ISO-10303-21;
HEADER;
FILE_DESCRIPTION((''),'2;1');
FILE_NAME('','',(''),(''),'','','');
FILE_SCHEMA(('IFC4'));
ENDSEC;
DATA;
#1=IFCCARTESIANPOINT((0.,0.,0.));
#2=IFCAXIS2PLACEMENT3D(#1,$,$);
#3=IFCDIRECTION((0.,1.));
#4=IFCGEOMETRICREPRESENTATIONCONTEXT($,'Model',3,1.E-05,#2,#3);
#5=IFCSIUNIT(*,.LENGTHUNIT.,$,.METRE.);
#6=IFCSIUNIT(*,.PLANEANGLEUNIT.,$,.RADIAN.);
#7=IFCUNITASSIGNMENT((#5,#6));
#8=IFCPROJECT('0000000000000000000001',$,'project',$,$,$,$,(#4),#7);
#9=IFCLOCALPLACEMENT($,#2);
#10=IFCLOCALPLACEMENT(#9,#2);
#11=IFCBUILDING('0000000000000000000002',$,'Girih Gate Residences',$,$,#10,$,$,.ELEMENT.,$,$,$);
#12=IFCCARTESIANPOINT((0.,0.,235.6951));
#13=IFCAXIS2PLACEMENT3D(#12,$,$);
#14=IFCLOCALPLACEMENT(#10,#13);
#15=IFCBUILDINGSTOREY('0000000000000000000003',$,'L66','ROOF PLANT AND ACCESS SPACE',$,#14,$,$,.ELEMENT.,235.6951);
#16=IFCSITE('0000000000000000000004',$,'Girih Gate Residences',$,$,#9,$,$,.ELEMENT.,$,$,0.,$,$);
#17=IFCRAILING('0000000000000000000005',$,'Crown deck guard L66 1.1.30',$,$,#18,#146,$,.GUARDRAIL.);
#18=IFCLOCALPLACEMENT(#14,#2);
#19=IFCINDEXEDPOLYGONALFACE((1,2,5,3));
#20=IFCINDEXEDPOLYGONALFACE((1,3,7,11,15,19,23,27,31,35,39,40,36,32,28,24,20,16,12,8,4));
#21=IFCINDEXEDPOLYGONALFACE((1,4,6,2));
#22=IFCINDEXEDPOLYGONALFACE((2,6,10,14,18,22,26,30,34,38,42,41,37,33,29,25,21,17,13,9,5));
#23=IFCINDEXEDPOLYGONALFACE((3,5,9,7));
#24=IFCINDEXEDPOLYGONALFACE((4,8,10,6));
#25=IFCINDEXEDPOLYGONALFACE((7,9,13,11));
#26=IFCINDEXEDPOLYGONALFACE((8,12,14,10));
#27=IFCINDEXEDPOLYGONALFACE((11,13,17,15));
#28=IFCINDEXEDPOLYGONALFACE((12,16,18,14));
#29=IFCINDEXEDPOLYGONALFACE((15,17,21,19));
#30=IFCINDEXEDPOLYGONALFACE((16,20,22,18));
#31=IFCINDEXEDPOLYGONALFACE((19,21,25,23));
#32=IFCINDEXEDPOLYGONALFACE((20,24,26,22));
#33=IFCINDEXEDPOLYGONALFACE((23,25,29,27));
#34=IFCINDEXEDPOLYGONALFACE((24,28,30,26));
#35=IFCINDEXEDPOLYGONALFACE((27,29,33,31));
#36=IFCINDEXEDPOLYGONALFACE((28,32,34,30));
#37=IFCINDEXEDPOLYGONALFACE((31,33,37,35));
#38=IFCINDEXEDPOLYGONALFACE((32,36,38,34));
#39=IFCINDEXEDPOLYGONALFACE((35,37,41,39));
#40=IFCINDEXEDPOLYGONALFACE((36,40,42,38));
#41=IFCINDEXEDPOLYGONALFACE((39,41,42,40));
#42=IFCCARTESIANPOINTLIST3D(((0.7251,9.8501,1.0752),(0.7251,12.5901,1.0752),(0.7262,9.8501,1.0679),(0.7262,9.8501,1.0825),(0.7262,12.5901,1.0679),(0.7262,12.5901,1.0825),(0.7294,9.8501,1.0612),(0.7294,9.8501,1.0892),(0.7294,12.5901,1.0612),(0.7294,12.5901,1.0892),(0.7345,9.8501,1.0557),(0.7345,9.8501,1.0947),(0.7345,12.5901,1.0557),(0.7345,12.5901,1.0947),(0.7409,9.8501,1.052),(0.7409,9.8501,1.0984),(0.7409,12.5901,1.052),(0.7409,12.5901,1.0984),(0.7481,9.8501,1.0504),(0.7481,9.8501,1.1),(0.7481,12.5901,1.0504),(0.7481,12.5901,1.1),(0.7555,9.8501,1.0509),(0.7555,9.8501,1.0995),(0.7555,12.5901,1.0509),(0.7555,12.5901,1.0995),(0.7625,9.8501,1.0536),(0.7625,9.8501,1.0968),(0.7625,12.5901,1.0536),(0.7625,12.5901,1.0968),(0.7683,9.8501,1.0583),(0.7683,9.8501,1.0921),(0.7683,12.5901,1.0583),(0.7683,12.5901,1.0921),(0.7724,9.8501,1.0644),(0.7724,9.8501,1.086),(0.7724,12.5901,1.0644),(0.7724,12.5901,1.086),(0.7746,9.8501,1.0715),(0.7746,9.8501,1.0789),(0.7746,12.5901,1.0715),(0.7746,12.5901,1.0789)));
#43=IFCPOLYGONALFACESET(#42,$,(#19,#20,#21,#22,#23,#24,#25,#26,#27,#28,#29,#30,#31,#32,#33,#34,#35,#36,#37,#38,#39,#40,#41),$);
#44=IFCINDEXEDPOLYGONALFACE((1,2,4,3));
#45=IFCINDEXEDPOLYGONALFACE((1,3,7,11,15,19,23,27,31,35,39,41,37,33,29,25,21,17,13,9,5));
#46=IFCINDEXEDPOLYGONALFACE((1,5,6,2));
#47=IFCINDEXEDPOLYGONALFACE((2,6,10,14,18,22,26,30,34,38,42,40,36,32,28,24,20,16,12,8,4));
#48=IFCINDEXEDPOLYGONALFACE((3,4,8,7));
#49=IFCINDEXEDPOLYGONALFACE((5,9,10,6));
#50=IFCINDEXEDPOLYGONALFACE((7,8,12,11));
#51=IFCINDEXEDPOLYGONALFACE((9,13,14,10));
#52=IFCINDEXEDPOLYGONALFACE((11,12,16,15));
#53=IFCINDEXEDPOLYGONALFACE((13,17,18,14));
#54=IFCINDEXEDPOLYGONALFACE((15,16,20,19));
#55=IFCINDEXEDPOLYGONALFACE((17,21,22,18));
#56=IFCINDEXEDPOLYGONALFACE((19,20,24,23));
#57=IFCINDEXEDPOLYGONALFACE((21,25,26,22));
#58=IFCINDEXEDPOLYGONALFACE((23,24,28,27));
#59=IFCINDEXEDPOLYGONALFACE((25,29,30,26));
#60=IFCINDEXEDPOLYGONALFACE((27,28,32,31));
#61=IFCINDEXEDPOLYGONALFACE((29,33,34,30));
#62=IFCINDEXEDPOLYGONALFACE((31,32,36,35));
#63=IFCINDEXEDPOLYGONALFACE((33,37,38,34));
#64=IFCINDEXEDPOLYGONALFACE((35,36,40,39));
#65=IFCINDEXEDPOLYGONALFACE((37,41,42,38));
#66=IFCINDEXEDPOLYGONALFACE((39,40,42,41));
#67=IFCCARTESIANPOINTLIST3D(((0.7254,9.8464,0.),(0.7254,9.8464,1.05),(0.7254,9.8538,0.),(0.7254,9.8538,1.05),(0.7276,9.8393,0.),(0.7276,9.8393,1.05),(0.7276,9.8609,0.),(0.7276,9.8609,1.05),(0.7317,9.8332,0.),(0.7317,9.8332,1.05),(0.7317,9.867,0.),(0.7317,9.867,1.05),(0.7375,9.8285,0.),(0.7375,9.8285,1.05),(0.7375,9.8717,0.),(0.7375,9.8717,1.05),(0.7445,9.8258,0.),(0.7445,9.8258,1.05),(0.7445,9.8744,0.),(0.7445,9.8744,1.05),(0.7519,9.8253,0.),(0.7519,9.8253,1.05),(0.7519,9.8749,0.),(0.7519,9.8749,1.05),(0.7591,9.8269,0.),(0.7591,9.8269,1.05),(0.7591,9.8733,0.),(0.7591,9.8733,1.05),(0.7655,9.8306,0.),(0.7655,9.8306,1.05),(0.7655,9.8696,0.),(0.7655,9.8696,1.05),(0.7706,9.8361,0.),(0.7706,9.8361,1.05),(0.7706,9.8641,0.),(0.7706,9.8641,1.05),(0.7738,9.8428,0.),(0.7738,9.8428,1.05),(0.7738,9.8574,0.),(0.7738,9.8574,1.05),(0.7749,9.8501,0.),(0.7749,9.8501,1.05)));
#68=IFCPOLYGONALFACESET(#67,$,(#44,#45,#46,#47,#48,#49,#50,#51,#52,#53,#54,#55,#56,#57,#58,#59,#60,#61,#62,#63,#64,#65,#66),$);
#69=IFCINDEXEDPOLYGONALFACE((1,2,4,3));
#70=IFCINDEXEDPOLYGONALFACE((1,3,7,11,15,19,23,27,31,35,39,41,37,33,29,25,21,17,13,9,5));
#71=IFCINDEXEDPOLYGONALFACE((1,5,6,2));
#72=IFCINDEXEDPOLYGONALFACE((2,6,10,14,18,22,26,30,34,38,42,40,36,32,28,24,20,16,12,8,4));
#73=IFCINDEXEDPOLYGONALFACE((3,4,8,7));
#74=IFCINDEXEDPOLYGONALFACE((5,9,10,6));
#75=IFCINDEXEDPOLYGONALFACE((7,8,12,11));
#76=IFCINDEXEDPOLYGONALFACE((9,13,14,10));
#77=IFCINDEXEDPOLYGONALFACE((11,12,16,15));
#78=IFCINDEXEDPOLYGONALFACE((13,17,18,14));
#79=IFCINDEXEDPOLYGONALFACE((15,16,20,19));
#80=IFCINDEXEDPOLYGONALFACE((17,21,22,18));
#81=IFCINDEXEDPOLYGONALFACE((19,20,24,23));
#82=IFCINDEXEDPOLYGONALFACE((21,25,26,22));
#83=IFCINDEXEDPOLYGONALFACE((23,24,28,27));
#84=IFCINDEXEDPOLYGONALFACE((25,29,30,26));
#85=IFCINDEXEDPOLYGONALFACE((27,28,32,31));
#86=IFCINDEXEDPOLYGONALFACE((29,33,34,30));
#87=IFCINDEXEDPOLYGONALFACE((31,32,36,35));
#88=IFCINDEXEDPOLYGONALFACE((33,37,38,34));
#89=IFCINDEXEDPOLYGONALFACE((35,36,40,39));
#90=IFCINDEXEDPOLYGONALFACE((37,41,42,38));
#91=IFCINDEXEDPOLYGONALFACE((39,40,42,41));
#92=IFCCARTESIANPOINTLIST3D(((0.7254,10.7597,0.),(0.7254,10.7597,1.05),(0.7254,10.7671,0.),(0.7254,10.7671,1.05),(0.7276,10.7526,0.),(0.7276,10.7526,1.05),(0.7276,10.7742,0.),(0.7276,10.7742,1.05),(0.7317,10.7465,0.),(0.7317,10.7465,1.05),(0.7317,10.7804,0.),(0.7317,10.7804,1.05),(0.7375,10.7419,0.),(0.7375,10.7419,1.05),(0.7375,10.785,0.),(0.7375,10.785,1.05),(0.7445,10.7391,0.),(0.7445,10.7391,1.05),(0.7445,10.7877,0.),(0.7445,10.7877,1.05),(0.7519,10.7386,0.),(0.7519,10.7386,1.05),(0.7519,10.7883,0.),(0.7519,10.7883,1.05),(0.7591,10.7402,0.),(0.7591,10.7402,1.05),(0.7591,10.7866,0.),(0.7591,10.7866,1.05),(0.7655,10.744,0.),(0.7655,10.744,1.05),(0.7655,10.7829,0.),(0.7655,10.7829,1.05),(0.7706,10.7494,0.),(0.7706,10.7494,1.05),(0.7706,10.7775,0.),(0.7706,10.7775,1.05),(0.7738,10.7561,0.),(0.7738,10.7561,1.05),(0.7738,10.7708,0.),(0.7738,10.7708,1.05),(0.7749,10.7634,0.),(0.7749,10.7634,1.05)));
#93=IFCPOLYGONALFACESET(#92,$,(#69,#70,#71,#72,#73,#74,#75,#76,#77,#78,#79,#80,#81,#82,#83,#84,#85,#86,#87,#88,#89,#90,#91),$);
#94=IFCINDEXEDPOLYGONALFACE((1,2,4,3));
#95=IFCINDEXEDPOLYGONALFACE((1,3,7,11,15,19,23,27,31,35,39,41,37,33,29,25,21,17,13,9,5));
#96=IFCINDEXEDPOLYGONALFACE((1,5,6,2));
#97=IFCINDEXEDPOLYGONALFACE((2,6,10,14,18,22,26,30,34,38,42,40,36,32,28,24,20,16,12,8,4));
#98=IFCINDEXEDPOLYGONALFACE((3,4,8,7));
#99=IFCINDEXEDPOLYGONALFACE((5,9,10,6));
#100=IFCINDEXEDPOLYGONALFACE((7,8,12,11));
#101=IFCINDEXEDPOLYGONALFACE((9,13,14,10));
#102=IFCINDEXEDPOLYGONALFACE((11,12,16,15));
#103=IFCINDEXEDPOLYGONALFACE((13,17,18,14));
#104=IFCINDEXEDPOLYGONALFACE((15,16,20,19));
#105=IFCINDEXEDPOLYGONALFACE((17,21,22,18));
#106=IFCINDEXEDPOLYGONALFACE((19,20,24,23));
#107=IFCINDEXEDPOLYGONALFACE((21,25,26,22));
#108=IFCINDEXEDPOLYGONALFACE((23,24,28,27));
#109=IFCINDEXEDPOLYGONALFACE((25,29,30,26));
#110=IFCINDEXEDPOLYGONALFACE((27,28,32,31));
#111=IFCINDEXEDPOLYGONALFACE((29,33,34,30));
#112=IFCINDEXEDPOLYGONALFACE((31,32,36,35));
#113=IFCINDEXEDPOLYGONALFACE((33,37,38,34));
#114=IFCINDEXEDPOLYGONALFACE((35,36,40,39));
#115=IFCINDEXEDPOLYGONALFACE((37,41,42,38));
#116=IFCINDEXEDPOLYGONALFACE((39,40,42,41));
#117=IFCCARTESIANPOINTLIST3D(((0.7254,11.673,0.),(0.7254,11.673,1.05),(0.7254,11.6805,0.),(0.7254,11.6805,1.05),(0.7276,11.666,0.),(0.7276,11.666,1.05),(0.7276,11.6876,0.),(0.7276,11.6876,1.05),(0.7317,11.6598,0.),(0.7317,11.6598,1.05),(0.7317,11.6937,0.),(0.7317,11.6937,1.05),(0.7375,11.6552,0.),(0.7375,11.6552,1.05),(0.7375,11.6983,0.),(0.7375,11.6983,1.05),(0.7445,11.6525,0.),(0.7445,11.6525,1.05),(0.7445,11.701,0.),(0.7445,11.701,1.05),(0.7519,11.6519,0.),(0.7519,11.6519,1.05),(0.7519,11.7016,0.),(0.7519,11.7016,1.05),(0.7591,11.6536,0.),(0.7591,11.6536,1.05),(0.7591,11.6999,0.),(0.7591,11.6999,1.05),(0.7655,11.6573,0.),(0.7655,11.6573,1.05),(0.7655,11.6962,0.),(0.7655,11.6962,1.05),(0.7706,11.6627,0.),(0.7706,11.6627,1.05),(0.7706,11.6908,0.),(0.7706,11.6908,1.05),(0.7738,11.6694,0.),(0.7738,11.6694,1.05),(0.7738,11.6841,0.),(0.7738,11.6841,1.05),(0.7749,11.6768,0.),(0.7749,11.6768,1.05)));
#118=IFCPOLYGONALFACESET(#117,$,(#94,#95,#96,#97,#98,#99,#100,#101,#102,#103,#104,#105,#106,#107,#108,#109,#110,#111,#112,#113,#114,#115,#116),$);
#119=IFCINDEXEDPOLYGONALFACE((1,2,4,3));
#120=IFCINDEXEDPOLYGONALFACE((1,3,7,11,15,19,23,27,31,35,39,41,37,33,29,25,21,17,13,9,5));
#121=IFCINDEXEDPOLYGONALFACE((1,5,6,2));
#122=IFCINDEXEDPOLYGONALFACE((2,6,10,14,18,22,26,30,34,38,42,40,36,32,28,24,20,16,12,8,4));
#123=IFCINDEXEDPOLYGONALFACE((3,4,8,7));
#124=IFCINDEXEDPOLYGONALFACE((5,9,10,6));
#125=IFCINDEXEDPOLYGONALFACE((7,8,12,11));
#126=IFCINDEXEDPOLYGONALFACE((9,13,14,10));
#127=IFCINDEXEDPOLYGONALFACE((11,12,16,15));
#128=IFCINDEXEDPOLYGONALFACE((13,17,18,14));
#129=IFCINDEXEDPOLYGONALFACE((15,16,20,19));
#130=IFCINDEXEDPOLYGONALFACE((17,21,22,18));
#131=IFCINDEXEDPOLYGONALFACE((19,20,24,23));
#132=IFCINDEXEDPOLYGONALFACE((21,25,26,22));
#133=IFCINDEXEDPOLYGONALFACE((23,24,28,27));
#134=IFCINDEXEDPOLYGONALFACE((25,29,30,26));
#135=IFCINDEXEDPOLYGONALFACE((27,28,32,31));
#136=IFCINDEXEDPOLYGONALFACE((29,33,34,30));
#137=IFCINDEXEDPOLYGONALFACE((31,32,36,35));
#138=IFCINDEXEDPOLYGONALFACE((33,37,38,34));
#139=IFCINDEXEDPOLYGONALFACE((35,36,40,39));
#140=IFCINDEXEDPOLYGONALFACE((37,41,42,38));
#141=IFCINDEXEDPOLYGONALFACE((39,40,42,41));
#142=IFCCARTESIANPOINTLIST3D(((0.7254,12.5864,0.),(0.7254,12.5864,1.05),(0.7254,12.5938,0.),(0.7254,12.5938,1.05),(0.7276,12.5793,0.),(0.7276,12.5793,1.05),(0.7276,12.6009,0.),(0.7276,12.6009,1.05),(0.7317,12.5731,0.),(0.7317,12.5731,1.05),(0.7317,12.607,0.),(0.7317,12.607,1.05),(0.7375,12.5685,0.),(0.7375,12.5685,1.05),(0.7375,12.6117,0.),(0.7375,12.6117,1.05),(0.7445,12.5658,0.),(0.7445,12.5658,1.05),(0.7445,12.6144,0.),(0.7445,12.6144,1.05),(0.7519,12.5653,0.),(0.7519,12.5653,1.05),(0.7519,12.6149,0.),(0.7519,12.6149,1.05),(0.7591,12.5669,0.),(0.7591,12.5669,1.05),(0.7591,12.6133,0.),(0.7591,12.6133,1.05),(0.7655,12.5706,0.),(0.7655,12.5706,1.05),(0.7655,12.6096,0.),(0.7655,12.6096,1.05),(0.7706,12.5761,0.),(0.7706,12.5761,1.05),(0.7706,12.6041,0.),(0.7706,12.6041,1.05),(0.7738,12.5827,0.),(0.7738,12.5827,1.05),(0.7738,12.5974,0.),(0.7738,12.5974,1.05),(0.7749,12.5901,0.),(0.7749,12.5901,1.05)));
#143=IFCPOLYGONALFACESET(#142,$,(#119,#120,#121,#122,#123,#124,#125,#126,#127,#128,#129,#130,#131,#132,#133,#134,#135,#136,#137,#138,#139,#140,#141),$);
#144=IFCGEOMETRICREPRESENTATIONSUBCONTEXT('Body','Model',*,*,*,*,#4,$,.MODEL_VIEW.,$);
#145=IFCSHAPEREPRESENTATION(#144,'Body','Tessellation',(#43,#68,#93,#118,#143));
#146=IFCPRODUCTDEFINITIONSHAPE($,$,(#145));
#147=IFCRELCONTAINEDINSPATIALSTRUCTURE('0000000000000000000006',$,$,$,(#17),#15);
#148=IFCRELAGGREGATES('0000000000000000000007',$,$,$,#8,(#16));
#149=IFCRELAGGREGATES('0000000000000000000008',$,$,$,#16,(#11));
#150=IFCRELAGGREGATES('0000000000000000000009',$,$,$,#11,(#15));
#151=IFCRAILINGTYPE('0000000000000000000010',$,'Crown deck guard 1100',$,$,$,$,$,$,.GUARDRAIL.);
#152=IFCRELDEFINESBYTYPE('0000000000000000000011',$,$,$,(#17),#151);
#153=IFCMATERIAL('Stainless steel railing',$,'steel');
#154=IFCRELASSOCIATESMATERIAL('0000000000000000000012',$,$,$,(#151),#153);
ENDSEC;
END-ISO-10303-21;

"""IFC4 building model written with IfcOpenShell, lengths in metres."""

from ifc_helpers import new_model, si_unit, direction, frame, origin, origin_2d, place, context, subcontext, project, spatial, circle, extrude, material, type_object, element, save


model = new_model("IFC4")

# Units and contexts
model_context = context("Model", 3, precision=1e-05, world=origin(), true_north=direction((0.0, 1.0)))
body_context = subcontext(model_context, "Body", "Model", "MODEL_VIEW")
ifc_project = project(units=[si_unit("LENGTHUNIT", "METRE"), si_unit("PLANEANGLEUNIT", "RADIAN")], contexts=[model_context])

# Site, building, storey
site_placement = place(None, origin())
site = spatial("IfcSite", under=ifc_project, at=site_placement, Name="Girih Gate Residences", CompositionType="ELEMENT", RefElevation=0.0)
building_placement = place(site_placement, origin())
building = spatial("IfcBuilding", under=site, at=building_placement, Name="Girih Gate Residences", CompositionType="ELEMENT")
storey_placement = place(building_placement, frame((0.0, 0.0, 235.6951)))
storey = spatial("IfcBuildingStorey", under=building, at=storey_placement, Name="L66", Description="ROOF PLANT AND ACCESS SPACE", CompositionType="ELEMENT", Elevation=235.6951)

# Railing
ifc_material_1 = material(Name="Stainless steel railing", Category="steel")
railing_type = type_object("IfcRailingType", Name="Crown deck guard 1100", PredefinedType="GUARDRAIL", material=ifc_material_1)
railing_1_placement = place(storey_placement, frame((0.75, 9.8501, 0.0)))
element("IfcRailing", 1, at=railing_1_placement, inside=storey, type_object=railing_type, Name="Crown deck guard L66 1.1.30", PredefinedType="GUARDRAIL", context=body_context, shape_type="SweptSolid", body=[
    extrude(circle(Radius=0.0249, at=origin_2d()), frame((0.0, 0.0, 1.0752), z_axis=(0.0, 1.0, 0.0), x_axis=(-1.0, 0.0, 0.0)), (0.0, 0.0, 1.0), 2.74),
    extrude(circle(Radius=0.0249, at=origin_2d()), origin(), (0.0, 0.0, 1.0), 1.05),
    extrude(circle(Radius=0.0249, at=origin_2d()), frame((0.0, 0.9133, 0.0)), (0.0, 0.0, 1.0), 1.05),
    extrude(circle(Radius=0.0249, at=origin_2d()), frame((0.0, 1.8267, 0.0)), (0.0, 0.0, 1.0), 1.05),
    extrude(circle(Radius=0.0249, at=origin_2d()), frame((0.0, 2.74, 0.0)), (0.0, 0.0, 1.0), 1.05),
])

save(model, "model.ifc")
